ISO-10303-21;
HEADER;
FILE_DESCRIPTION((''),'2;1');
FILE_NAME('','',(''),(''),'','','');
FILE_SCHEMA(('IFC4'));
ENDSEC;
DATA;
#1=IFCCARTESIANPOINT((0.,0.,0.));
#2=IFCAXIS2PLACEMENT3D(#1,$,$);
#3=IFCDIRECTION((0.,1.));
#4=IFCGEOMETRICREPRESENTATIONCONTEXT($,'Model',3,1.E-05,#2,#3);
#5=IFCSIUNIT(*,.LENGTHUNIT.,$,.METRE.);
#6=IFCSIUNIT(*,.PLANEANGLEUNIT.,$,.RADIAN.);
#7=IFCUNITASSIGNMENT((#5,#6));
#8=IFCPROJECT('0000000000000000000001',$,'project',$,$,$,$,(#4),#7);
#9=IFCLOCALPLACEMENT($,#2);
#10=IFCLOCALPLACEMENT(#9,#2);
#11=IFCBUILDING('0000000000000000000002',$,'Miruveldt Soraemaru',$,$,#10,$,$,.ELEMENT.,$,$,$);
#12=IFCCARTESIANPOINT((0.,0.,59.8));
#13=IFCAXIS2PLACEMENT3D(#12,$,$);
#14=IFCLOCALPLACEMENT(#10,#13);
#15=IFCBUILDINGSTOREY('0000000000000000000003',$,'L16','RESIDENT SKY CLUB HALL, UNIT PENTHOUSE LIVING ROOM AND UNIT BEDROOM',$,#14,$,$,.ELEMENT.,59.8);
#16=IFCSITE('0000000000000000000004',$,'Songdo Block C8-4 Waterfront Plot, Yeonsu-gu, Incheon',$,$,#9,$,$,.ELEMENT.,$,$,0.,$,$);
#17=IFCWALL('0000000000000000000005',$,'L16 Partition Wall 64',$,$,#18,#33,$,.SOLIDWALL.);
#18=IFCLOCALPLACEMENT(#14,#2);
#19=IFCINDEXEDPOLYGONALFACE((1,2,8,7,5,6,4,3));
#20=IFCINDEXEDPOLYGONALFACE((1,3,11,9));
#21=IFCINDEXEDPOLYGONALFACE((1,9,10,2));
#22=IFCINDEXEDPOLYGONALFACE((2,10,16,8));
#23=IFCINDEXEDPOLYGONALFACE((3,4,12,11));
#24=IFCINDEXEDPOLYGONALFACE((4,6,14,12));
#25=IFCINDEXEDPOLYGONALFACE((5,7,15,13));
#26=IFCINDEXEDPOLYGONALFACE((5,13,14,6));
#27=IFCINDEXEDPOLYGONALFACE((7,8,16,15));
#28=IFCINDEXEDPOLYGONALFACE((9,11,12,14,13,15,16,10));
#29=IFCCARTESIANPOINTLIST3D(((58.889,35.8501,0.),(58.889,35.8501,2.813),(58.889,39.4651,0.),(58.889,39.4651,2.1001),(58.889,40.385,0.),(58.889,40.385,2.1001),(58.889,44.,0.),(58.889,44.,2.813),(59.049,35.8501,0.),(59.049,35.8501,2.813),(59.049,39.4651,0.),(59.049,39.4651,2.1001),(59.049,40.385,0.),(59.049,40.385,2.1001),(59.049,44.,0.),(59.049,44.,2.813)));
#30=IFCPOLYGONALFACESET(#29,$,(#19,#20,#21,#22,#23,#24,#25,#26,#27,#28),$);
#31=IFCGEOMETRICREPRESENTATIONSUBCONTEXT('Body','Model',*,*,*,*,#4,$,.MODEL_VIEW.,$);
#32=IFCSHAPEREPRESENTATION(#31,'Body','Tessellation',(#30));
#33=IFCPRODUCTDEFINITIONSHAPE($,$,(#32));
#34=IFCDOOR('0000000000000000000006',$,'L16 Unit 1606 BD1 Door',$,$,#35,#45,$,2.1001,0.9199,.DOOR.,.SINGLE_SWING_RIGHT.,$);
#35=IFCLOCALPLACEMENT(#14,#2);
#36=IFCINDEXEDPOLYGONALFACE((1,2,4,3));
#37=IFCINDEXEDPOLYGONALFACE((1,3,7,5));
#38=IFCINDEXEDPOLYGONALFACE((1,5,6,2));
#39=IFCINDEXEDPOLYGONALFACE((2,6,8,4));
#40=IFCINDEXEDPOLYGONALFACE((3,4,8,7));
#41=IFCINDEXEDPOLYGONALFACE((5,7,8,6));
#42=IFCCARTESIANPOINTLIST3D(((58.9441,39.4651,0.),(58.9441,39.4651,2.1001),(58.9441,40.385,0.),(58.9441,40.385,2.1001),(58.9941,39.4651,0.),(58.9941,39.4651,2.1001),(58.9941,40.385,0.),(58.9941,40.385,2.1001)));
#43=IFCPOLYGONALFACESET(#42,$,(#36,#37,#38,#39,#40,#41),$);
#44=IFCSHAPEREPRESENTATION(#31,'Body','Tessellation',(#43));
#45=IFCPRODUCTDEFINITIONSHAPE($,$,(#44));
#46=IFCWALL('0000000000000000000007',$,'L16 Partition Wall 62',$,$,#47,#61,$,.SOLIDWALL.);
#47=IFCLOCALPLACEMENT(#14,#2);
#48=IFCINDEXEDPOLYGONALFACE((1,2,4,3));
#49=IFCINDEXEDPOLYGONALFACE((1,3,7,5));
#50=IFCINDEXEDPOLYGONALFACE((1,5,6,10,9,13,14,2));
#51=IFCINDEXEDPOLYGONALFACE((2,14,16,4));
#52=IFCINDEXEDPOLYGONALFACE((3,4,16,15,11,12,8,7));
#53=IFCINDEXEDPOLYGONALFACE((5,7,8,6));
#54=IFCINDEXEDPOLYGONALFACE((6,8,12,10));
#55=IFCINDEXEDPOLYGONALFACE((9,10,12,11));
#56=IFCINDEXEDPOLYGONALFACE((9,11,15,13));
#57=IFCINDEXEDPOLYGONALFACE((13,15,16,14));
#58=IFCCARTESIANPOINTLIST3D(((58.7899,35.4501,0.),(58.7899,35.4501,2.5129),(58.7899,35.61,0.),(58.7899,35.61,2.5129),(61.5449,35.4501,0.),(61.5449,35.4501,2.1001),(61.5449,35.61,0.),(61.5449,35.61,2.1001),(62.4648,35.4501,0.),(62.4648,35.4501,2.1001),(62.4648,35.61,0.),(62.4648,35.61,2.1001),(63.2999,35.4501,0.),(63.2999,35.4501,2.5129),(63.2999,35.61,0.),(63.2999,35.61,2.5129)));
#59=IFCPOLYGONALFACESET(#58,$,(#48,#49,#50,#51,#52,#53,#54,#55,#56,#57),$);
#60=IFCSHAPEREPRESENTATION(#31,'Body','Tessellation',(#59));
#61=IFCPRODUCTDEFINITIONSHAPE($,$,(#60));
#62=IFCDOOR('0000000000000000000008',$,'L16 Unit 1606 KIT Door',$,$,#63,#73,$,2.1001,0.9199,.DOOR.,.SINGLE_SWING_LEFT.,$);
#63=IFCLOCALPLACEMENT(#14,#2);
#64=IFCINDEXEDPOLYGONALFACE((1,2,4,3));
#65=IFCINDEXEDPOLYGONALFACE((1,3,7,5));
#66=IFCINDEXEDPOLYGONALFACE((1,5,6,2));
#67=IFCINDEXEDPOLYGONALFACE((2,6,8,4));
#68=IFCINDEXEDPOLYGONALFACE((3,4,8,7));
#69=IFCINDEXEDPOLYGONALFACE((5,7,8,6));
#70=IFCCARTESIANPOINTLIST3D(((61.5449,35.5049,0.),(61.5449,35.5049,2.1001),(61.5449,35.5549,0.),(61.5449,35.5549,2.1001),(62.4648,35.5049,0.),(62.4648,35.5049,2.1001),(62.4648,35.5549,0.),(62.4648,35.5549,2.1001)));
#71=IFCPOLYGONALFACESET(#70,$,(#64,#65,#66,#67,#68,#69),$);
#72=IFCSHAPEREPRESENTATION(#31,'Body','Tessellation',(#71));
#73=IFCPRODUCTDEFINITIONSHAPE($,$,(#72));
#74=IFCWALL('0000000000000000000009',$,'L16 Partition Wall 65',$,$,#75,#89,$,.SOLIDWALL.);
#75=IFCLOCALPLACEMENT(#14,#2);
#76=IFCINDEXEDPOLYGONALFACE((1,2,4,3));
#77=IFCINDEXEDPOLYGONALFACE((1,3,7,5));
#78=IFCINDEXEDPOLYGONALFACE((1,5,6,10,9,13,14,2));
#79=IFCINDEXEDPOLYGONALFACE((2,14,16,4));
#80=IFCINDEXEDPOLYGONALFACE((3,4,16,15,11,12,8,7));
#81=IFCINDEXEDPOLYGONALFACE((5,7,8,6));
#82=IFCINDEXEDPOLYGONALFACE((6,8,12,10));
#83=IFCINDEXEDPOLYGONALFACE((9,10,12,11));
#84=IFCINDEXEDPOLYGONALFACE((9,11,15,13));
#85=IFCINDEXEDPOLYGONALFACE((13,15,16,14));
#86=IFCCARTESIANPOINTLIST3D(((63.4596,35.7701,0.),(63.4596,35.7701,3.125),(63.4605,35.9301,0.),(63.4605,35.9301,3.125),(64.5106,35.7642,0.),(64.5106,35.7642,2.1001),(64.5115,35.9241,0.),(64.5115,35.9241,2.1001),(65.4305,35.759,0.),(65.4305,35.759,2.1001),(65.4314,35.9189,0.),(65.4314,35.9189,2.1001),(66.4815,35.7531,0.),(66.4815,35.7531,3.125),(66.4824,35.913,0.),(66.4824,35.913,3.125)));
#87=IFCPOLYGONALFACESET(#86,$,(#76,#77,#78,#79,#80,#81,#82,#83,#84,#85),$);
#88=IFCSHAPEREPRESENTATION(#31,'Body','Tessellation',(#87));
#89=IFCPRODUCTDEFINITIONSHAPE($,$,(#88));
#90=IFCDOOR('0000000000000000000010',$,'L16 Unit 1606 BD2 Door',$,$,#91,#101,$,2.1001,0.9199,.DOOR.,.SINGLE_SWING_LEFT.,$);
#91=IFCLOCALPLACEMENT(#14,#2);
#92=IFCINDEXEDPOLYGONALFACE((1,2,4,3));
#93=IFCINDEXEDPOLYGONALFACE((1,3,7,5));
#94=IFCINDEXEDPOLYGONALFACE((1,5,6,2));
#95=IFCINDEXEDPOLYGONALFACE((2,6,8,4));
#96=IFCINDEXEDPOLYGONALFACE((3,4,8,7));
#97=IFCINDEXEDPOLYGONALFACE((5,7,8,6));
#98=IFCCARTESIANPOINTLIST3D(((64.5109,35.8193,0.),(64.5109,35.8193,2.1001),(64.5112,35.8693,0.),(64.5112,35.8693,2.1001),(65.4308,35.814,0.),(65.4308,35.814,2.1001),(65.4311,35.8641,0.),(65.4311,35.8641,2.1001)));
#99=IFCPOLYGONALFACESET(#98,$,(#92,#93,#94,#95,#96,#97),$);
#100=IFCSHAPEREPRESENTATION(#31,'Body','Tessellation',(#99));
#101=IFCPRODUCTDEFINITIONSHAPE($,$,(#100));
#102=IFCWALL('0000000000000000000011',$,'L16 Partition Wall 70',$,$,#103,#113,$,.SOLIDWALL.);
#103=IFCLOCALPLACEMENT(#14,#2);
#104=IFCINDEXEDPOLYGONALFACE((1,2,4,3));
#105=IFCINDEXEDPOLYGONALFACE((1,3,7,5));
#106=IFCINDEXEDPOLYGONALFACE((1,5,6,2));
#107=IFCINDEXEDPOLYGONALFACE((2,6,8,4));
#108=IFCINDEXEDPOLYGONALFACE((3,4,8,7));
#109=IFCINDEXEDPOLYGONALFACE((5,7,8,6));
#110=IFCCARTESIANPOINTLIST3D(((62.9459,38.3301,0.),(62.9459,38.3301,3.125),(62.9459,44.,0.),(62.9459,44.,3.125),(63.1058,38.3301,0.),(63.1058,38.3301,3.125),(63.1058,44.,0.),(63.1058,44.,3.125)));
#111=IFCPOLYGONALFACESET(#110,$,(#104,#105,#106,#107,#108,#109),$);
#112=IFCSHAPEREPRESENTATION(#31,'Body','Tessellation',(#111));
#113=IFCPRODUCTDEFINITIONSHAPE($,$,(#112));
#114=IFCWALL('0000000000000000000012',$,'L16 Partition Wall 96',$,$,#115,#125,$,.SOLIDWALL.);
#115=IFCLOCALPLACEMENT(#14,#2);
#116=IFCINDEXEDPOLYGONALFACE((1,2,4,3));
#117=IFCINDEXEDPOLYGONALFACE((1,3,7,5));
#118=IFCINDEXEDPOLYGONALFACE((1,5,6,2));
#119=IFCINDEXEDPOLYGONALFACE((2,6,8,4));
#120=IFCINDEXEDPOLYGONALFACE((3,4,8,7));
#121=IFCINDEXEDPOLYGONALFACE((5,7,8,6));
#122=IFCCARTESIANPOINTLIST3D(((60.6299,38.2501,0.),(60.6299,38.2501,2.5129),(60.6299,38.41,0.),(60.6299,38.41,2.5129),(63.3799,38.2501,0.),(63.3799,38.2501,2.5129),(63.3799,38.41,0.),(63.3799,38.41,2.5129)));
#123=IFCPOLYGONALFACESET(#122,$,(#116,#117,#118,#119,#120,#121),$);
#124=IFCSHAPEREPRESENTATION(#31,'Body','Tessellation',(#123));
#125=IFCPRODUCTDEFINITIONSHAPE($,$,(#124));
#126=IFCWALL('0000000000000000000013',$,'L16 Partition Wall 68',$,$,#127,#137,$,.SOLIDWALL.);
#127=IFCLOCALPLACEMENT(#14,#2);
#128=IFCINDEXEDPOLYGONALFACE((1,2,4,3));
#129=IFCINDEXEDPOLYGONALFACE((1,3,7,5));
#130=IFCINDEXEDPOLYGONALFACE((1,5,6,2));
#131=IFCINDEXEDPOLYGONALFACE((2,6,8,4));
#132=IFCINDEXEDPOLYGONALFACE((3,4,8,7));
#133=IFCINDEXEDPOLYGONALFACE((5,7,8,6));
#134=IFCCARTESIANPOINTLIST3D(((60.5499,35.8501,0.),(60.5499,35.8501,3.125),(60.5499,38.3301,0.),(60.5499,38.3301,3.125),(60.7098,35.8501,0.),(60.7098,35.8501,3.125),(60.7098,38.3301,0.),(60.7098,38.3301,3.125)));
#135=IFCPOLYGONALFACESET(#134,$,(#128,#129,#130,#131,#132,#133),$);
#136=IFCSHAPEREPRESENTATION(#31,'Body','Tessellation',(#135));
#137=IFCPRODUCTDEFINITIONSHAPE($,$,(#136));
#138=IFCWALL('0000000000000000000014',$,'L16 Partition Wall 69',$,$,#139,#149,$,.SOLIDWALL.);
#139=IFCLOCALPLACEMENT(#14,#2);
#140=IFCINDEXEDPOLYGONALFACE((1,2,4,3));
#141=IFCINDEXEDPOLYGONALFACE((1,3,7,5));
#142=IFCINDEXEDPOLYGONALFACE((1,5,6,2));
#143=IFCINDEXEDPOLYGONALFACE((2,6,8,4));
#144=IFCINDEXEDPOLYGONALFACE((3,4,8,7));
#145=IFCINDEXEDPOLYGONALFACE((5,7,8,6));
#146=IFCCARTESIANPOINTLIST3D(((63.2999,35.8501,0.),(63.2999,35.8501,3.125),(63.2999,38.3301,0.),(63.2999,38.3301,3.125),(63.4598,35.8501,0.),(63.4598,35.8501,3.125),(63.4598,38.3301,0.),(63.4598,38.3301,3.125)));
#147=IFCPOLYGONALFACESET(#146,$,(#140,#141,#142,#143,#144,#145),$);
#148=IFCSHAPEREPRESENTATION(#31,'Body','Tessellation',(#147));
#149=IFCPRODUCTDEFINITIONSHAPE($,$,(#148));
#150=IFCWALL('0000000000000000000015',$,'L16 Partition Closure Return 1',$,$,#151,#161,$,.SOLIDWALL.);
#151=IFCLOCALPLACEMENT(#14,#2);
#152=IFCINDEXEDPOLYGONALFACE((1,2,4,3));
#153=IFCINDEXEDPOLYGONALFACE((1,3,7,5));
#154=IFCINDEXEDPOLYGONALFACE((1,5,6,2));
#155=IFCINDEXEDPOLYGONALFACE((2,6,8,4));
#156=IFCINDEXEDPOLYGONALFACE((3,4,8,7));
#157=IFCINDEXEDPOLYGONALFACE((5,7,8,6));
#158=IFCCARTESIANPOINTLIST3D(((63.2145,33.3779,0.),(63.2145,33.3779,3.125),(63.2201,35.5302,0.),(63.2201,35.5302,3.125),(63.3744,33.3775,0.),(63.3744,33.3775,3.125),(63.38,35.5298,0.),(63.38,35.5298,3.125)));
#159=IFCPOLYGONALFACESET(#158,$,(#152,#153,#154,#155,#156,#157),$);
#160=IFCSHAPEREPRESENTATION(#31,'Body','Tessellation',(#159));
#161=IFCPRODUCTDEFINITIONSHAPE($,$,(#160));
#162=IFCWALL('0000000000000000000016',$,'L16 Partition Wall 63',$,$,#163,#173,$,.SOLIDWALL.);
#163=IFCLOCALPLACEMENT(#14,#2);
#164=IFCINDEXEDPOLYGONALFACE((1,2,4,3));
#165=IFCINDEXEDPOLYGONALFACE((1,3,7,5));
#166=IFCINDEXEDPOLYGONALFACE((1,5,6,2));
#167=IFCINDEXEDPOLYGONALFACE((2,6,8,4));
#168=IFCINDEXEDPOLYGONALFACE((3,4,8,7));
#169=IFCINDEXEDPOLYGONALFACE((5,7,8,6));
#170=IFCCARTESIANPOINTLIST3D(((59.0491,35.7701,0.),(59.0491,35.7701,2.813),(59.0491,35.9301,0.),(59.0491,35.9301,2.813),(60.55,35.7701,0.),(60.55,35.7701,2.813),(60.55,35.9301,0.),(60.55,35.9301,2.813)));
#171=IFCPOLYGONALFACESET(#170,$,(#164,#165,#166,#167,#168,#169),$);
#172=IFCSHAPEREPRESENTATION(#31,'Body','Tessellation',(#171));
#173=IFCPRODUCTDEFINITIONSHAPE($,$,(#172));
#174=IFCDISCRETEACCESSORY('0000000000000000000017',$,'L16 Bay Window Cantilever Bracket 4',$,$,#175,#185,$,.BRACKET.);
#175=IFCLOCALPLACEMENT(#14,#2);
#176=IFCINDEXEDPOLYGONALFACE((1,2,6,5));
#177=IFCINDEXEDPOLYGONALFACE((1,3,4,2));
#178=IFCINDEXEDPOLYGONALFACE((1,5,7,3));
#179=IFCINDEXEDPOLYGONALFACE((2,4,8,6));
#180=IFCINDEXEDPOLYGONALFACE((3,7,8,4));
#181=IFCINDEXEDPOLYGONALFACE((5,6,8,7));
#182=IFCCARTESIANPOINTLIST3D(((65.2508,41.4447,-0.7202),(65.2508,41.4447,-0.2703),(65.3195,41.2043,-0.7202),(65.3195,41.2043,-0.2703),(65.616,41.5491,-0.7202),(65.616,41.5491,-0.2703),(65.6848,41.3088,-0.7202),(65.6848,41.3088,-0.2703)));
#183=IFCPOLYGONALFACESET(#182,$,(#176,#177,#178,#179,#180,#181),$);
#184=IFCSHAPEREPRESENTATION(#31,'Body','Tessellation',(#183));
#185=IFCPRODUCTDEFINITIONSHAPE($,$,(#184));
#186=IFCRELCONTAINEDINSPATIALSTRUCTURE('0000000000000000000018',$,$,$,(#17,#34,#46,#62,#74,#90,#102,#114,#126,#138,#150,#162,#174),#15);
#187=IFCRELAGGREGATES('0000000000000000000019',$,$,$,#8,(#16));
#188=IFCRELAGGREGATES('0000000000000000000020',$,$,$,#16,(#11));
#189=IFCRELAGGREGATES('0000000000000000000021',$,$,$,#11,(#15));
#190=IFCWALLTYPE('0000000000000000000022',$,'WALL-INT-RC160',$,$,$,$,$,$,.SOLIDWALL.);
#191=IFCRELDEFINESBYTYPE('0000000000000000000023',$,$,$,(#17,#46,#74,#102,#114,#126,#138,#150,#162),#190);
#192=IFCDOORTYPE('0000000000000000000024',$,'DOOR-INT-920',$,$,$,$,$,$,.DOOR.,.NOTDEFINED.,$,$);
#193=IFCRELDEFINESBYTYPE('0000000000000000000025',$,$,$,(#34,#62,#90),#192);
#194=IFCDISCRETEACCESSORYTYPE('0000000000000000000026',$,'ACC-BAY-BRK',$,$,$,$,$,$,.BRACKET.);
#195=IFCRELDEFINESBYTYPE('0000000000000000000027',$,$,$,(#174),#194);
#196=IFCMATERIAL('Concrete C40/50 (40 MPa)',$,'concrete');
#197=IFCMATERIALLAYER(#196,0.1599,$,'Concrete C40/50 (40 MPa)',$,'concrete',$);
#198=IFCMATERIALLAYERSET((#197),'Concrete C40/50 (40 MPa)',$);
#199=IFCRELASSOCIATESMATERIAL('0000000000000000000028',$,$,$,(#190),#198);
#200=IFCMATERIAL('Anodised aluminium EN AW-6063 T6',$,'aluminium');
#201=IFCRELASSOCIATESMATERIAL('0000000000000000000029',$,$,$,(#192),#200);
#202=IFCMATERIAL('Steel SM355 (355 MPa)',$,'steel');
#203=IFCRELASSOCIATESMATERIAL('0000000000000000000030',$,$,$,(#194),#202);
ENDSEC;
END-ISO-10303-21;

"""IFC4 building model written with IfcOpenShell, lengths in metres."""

from ifc_helpers import new_model, si_unit, direction, frame, frame_2d, origin, origin_2d, place, context, subcontext, project, spatial, rectangle, extrude, material, layer, layer_set, type_object, element, fill, save


model = new_model("IFC4")

# Units and contexts
model_context = context("Model", 3, precision=1e-05, world=origin(), true_north=direction((0.0, 1.0)))
body_context = subcontext(model_context, "Body", "Model", "MODEL_VIEW")
ifc_project = project(units=[si_unit("LENGTHUNIT", "METRE"), si_unit("PLANEANGLEUNIT", "RADIAN")], contexts=[model_context])

# Site, building, storey
site_placement = place(None, origin())
site = spatial("IfcSite", under=ifc_project, at=site_placement, Name="Songdo Block C8-4 Waterfront Plot, Yeonsu-gu, Incheon", CompositionType="ELEMENT", RefElevation=0.0)
building_placement = place(site_placement, origin())
building = spatial("IfcBuilding", under=site, at=building_placement, Name="Miruveldt Soraemaru", CompositionType="ELEMENT")
storey_placement = place(building_placement, frame((0.0, 0.0, 59.8)))
storey = spatial("IfcBuildingStorey", under=building, at=storey_placement, Name="L16", Description="RESIDENT SKY CLUB HALL, UNIT PENTHOUSE LIVING ROOM AND UNIT BEDROOM", CompositionType="ELEMENT", Elevation=59.8)

# Shared definitions
ifc_material_1 = material(Name="Steel SM355 (355 MPa)", Category="steel")

# Shared definitions
ifc_material_2 = material(Name="Anodised aluminium EN AW-6063 T6", Category="aluminium")

# Walls, openings, doors
ifc_material_3 = material(Name="Concrete C40/50 (40 MPa)", Category="concrete")
ifc_layer_1 = layer(ifc_material_3, 0.1599, Name="Concrete C40/50 (40 MPa)", Category="concrete")
ifc_layer_set_1 = layer_set([ifc_layer_1], Name="Concrete C40/50 (40 MPa)")
wall_type_1 = type_object("IfcWallType", Name="WALL-INT-RC160", PredefinedType="SOLIDWALL", material=ifc_layer_set_1)
wall_1_placement = place(storey_placement, frame((58.969, 35.8501, 0.0), z_axis=(0.0, 0.0, 1.0), x_axis=(0.0, 1.0, 0.0)))
wall_1 = element("IfcWall", 1, at=wall_1_placement, inside=storey, type_object=wall_type_1, Name="L16 Partition Wall 64", PredefinedType="SOLIDWALL", context=body_context, shape_type="SweptSolid", body=[
    extrude(rectangle(XDim=8.1499, YDim=0.1599, at=frame_2d((4.075, 0.0))), origin(), (0.0, 0.0, 1.0), 2.813),
])
opening_1_placement = place(wall_1_placement, frame((3.615, 0.0, 0.0)))
opening_1 = element("IfcOpeningElement", 2, at=opening_1_placement, cuts=wall_1, PredefinedType="OPENING", context=body_context, shape_type="SweptSolid", body=[
    extrude(rectangle(XDim=0.9199, YDim=2.1001, at=frame_2d((0.46, 1.05))), frame((0.0, 0.0898, 0.0), z_axis=(0.0, -1.0, 0.0), x_axis=(1.0, 0.0, 0.0)), (0.0, 0.0, 1.0), 0.1799),
])
door_type_1 = type_object("IfcDoorType", Name="DOOR-INT-920", OperationType="NOTDEFINED", PredefinedType="DOOR", material=ifc_material_2)
door_1_placement = place(opening_1_placement, origin())
door_1 = element("IfcDoor", 3, at=door_1_placement, inside=storey, type_object=door_type_1, Name="L16 Unit 1606 BD1 Door", OperationType="SINGLE_SWING_RIGHT", OverallHeight=2.1001, OverallWidth=0.9199, PredefinedType="DOOR", context=body_context, shape_type="SweptSolid", body=[
    extrude(rectangle(XDim=0.9199, YDim=2.1001, at=frame_2d((0.46, 1.05))), frame((0.0, 0.0249, 0.0), z_axis=(0.0, -1.0, 0.0), x_axis=(1.0, 0.0, 0.0)), (0.0, 0.0, 1.0), 0.05),
])
fill(opening_1, door_1)
wall_2_placement = place(storey_placement, frame((58.79, 35.53, 0.0), z_axis=(0.0, 0.0, 1.0), x_axis=(1.0, 0.0, 0.0)))
wall_2 = element("IfcWall", 4, at=wall_2_placement, inside=storey, type_object=wall_type_1, Name="L16 Partition Wall 62", PredefinedType="SOLIDWALL", context=body_context, shape_type="SweptSolid", body=[
    extrude(rectangle(XDim=4.51, YDim=0.1599, at=frame_2d((2.2549, 0.0))), origin(), (0.0, 0.0, 1.0), 2.5129),
])
opening_2_placement = place(wall_2_placement, frame((2.7549, 0.0, 0.0)))
opening_2 = element("IfcOpeningElement", 5, at=opening_2_placement, cuts=wall_2, PredefinedType="OPENING", context=body_context, shape_type="SweptSolid", body=[
    extrude(rectangle(XDim=0.9199, YDim=2.1001, at=frame_2d((0.46, 1.05))), frame((0.0, 0.0898, 0.0), z_axis=(0.0, -1.0, 0.0), x_axis=(1.0, 0.0, 0.0)), (0.0, 0.0, 1.0), 0.1799),
])
door_2_placement = place(opening_2_placement, origin())
door_2 = element("IfcDoor", 6, at=door_2_placement, inside=storey, type_object=door_type_1, Name="L16 Unit 1606 KIT Door", OperationType="SINGLE_SWING_LEFT", OverallHeight=2.1001, OverallWidth=0.9199, PredefinedType="DOOR", context=body_context, shape_type="SweptSolid", body=[
    extrude(rectangle(XDim=0.9199, YDim=2.1001, at=frame_2d((0.46, 1.05))), frame((0.0, 0.0249, 0.0), z_axis=(0.0, -1.0, 0.0), x_axis=(1.0, 0.0, 0.0)), (0.0, 0.0, 1.0), 0.05),
])
fill(opening_2, door_2)
wall_3_placement = place(storey_placement, frame((66.4819, 35.833, 0.0), z_axis=(0.0, 0.0, 1.0), x_axis=(-0.999984, 0.005655, 0.0)))
wall_3 = element("IfcWall", 7, at=wall_3_placement, inside=storey, type_object=wall_type_1, Name="L16 Partition Wall 65", PredefinedType="SOLIDWALL", context=body_context, shape_type="SweptSolid", body=[
    extrude(rectangle(XDim=3.022, YDim=0.1599, at=frame_2d((1.511, 0.0))), origin(), (0.0, 0.0, 1.0), 3.125),
])
opening_3_placement = place(wall_3_placement, frame((1.051, 0.0, 0.0)))
opening_3 = element("IfcOpeningElement", 8, at=opening_3_placement, cuts=wall_3, PredefinedType="OPENING", context=body_context, shape_type="SweptSolid", body=[
    extrude(rectangle(XDim=0.9199, YDim=2.1001, at=frame_2d((0.46, 1.05))), frame((0.0, 0.0898, 0.0), z_axis=(0.0, -1.0, 0.0), x_axis=(1.0, 0.0, 0.0)), (0.0, 0.0, 1.0), 0.1799),
])
door_3_placement = place(opening_3_placement, origin())
door_3 = element("IfcDoor", 9, at=door_3_placement, inside=storey, type_object=door_type_1, Name="L16 Unit 1606 BD2 Door", OperationType="SINGLE_SWING_LEFT", OverallHeight=2.1001, OverallWidth=0.9199, PredefinedType="DOOR", context=body_context, shape_type="SweptSolid", body=[
    extrude(rectangle(XDim=0.9199, YDim=2.1001, at=frame_2d((0.46, 1.05))), frame((0.0, 0.0249, 0.0), z_axis=(0.0, -1.0, 0.0), x_axis=(1.0, 0.0, 0.0)), (0.0, 0.0, 1.0), 0.05),
])
fill(opening_3, door_3)

# Walls
wall_4_placement = place(storey_placement, frame((63.0259, 38.3301, 0.0), z_axis=(0.0, 0.0, 1.0), x_axis=(0.0, 1.0, 0.0)))
element("IfcWall", 10, at=wall_4_placement, inside=storey, type_object=wall_type_1, Name="L16 Partition Wall 70", PredefinedType="SOLIDWALL", context=body_context, shape_type="SweptSolid", body=[
    extrude(rectangle(XDim=5.6699, YDim=0.1599, at=frame_2d((2.835, 0.0))), origin(), (0.0, 0.0, 1.0), 3.125),
])
wall_5_placement = place(storey_placement, frame((63.3799, 38.3301, 0.0), z_axis=(0.0, 0.0, 1.0), x_axis=(-1.0, 0.0, 0.0)))
element("IfcWall", 11, at=wall_5_placement, inside=storey, type_object=wall_type_1, Name="L16 Partition Wall 96", PredefinedType="SOLIDWALL", context=body_context, shape_type="SweptSolid", body=[
    extrude(rectangle(XDim=2.75, YDim=0.1599, at=frame_2d((1.375, 0.0))), origin(), (0.0, 0.0, 1.0), 2.5129),
])
for number, where, z_axis, x_axis, name in (
    (12, (60.6299, 38.3301, 0.0), (0.0, 0.0, 1.0), (0.0, -1.0, 0.0), "L16 Partition Wall 68"),
    (13, (63.3799, 35.8501, 0.0), (0.0, 0.0, 1.0), (0.0, 1.0, 0.0), "L16 Partition Wall 69"),
):
    element("IfcWall", number, at=place(storey_placement, frame(where, z_axis=z_axis, x_axis=x_axis)), inside=storey, type_object=wall_type_1, Name=name, PredefinedType="SOLIDWALL", context=body_context, shape_type="SweptSolid", body=[
        extrude(rectangle(XDim=2.48, YDim=0.1599, at=frame_2d((1.24, 0.0))), origin(), (0.0, 0.0, 1.0), 3.125),
    ])
wall_6_placement = place(storey_placement, frame((63.3, 35.53, 0.0), z_axis=(0.0, 0.0, 1.0), x_axis=(-0.002609, -0.999997, 0.0)))
element("IfcWall", 14, at=wall_6_placement, inside=storey, type_object=wall_type_1, Name="L16 Partition Closure Return 1", PredefinedType="SOLIDWALL", context=body_context, shape_type="SweptSolid", body=[
    extrude(rectangle(XDim=2.1523, YDim=0.1599, at=frame_2d((1.0762, 0.0))), origin(), (0.0, 0.0, 1.0), 3.125),
])
wall_7_placement = place(storey_placement, frame((60.55, 35.8501, 0.0), z_axis=(0.0, 0.0, 1.0), x_axis=(-1.0, 0.0, 0.0)))
element("IfcWall", 15, at=wall_7_placement, inside=storey, type_object=wall_type_1, Name="L16 Partition Wall 63", PredefinedType="SOLIDWALL", context=body_context, shape_type="SweptSolid", body=[
    extrude(rectangle(XDim=1.501, YDim=0.1599, at=frame_2d((0.7505, 0.0))), origin(), (0.0, 0.0, 1.0), 2.813),
])

# Discrete accessory
discrete_accessory_type = type_object("IfcDiscreteAccessoryType", Name="ACC-BAY-BRK", PredefinedType="BRACKET", material=ifc_material_1)
discrete_accessory_placement = place(storey_placement, frame((65.4678, 41.3767, -0.7202), z_axis=(0.0, 0.0, 1.0), x_axis=(0.961449, 0.274983, 0.0)))
element("IfcDiscreteAccessory", 16, at=discrete_accessory_placement, inside=storey, type_object=discrete_accessory_type, Name="L16 Bay Window Cantilever Bracket 4", PredefinedType="BRACKET", context=body_context, shape_type="SweptSolid", body=[
    extrude(rectangle(XDim=0.3799, YDim=0.25, at=origin_2d()), origin(), (0.0, 0.0, 1.0), 0.45),
])

save(model, "model.ifc")
